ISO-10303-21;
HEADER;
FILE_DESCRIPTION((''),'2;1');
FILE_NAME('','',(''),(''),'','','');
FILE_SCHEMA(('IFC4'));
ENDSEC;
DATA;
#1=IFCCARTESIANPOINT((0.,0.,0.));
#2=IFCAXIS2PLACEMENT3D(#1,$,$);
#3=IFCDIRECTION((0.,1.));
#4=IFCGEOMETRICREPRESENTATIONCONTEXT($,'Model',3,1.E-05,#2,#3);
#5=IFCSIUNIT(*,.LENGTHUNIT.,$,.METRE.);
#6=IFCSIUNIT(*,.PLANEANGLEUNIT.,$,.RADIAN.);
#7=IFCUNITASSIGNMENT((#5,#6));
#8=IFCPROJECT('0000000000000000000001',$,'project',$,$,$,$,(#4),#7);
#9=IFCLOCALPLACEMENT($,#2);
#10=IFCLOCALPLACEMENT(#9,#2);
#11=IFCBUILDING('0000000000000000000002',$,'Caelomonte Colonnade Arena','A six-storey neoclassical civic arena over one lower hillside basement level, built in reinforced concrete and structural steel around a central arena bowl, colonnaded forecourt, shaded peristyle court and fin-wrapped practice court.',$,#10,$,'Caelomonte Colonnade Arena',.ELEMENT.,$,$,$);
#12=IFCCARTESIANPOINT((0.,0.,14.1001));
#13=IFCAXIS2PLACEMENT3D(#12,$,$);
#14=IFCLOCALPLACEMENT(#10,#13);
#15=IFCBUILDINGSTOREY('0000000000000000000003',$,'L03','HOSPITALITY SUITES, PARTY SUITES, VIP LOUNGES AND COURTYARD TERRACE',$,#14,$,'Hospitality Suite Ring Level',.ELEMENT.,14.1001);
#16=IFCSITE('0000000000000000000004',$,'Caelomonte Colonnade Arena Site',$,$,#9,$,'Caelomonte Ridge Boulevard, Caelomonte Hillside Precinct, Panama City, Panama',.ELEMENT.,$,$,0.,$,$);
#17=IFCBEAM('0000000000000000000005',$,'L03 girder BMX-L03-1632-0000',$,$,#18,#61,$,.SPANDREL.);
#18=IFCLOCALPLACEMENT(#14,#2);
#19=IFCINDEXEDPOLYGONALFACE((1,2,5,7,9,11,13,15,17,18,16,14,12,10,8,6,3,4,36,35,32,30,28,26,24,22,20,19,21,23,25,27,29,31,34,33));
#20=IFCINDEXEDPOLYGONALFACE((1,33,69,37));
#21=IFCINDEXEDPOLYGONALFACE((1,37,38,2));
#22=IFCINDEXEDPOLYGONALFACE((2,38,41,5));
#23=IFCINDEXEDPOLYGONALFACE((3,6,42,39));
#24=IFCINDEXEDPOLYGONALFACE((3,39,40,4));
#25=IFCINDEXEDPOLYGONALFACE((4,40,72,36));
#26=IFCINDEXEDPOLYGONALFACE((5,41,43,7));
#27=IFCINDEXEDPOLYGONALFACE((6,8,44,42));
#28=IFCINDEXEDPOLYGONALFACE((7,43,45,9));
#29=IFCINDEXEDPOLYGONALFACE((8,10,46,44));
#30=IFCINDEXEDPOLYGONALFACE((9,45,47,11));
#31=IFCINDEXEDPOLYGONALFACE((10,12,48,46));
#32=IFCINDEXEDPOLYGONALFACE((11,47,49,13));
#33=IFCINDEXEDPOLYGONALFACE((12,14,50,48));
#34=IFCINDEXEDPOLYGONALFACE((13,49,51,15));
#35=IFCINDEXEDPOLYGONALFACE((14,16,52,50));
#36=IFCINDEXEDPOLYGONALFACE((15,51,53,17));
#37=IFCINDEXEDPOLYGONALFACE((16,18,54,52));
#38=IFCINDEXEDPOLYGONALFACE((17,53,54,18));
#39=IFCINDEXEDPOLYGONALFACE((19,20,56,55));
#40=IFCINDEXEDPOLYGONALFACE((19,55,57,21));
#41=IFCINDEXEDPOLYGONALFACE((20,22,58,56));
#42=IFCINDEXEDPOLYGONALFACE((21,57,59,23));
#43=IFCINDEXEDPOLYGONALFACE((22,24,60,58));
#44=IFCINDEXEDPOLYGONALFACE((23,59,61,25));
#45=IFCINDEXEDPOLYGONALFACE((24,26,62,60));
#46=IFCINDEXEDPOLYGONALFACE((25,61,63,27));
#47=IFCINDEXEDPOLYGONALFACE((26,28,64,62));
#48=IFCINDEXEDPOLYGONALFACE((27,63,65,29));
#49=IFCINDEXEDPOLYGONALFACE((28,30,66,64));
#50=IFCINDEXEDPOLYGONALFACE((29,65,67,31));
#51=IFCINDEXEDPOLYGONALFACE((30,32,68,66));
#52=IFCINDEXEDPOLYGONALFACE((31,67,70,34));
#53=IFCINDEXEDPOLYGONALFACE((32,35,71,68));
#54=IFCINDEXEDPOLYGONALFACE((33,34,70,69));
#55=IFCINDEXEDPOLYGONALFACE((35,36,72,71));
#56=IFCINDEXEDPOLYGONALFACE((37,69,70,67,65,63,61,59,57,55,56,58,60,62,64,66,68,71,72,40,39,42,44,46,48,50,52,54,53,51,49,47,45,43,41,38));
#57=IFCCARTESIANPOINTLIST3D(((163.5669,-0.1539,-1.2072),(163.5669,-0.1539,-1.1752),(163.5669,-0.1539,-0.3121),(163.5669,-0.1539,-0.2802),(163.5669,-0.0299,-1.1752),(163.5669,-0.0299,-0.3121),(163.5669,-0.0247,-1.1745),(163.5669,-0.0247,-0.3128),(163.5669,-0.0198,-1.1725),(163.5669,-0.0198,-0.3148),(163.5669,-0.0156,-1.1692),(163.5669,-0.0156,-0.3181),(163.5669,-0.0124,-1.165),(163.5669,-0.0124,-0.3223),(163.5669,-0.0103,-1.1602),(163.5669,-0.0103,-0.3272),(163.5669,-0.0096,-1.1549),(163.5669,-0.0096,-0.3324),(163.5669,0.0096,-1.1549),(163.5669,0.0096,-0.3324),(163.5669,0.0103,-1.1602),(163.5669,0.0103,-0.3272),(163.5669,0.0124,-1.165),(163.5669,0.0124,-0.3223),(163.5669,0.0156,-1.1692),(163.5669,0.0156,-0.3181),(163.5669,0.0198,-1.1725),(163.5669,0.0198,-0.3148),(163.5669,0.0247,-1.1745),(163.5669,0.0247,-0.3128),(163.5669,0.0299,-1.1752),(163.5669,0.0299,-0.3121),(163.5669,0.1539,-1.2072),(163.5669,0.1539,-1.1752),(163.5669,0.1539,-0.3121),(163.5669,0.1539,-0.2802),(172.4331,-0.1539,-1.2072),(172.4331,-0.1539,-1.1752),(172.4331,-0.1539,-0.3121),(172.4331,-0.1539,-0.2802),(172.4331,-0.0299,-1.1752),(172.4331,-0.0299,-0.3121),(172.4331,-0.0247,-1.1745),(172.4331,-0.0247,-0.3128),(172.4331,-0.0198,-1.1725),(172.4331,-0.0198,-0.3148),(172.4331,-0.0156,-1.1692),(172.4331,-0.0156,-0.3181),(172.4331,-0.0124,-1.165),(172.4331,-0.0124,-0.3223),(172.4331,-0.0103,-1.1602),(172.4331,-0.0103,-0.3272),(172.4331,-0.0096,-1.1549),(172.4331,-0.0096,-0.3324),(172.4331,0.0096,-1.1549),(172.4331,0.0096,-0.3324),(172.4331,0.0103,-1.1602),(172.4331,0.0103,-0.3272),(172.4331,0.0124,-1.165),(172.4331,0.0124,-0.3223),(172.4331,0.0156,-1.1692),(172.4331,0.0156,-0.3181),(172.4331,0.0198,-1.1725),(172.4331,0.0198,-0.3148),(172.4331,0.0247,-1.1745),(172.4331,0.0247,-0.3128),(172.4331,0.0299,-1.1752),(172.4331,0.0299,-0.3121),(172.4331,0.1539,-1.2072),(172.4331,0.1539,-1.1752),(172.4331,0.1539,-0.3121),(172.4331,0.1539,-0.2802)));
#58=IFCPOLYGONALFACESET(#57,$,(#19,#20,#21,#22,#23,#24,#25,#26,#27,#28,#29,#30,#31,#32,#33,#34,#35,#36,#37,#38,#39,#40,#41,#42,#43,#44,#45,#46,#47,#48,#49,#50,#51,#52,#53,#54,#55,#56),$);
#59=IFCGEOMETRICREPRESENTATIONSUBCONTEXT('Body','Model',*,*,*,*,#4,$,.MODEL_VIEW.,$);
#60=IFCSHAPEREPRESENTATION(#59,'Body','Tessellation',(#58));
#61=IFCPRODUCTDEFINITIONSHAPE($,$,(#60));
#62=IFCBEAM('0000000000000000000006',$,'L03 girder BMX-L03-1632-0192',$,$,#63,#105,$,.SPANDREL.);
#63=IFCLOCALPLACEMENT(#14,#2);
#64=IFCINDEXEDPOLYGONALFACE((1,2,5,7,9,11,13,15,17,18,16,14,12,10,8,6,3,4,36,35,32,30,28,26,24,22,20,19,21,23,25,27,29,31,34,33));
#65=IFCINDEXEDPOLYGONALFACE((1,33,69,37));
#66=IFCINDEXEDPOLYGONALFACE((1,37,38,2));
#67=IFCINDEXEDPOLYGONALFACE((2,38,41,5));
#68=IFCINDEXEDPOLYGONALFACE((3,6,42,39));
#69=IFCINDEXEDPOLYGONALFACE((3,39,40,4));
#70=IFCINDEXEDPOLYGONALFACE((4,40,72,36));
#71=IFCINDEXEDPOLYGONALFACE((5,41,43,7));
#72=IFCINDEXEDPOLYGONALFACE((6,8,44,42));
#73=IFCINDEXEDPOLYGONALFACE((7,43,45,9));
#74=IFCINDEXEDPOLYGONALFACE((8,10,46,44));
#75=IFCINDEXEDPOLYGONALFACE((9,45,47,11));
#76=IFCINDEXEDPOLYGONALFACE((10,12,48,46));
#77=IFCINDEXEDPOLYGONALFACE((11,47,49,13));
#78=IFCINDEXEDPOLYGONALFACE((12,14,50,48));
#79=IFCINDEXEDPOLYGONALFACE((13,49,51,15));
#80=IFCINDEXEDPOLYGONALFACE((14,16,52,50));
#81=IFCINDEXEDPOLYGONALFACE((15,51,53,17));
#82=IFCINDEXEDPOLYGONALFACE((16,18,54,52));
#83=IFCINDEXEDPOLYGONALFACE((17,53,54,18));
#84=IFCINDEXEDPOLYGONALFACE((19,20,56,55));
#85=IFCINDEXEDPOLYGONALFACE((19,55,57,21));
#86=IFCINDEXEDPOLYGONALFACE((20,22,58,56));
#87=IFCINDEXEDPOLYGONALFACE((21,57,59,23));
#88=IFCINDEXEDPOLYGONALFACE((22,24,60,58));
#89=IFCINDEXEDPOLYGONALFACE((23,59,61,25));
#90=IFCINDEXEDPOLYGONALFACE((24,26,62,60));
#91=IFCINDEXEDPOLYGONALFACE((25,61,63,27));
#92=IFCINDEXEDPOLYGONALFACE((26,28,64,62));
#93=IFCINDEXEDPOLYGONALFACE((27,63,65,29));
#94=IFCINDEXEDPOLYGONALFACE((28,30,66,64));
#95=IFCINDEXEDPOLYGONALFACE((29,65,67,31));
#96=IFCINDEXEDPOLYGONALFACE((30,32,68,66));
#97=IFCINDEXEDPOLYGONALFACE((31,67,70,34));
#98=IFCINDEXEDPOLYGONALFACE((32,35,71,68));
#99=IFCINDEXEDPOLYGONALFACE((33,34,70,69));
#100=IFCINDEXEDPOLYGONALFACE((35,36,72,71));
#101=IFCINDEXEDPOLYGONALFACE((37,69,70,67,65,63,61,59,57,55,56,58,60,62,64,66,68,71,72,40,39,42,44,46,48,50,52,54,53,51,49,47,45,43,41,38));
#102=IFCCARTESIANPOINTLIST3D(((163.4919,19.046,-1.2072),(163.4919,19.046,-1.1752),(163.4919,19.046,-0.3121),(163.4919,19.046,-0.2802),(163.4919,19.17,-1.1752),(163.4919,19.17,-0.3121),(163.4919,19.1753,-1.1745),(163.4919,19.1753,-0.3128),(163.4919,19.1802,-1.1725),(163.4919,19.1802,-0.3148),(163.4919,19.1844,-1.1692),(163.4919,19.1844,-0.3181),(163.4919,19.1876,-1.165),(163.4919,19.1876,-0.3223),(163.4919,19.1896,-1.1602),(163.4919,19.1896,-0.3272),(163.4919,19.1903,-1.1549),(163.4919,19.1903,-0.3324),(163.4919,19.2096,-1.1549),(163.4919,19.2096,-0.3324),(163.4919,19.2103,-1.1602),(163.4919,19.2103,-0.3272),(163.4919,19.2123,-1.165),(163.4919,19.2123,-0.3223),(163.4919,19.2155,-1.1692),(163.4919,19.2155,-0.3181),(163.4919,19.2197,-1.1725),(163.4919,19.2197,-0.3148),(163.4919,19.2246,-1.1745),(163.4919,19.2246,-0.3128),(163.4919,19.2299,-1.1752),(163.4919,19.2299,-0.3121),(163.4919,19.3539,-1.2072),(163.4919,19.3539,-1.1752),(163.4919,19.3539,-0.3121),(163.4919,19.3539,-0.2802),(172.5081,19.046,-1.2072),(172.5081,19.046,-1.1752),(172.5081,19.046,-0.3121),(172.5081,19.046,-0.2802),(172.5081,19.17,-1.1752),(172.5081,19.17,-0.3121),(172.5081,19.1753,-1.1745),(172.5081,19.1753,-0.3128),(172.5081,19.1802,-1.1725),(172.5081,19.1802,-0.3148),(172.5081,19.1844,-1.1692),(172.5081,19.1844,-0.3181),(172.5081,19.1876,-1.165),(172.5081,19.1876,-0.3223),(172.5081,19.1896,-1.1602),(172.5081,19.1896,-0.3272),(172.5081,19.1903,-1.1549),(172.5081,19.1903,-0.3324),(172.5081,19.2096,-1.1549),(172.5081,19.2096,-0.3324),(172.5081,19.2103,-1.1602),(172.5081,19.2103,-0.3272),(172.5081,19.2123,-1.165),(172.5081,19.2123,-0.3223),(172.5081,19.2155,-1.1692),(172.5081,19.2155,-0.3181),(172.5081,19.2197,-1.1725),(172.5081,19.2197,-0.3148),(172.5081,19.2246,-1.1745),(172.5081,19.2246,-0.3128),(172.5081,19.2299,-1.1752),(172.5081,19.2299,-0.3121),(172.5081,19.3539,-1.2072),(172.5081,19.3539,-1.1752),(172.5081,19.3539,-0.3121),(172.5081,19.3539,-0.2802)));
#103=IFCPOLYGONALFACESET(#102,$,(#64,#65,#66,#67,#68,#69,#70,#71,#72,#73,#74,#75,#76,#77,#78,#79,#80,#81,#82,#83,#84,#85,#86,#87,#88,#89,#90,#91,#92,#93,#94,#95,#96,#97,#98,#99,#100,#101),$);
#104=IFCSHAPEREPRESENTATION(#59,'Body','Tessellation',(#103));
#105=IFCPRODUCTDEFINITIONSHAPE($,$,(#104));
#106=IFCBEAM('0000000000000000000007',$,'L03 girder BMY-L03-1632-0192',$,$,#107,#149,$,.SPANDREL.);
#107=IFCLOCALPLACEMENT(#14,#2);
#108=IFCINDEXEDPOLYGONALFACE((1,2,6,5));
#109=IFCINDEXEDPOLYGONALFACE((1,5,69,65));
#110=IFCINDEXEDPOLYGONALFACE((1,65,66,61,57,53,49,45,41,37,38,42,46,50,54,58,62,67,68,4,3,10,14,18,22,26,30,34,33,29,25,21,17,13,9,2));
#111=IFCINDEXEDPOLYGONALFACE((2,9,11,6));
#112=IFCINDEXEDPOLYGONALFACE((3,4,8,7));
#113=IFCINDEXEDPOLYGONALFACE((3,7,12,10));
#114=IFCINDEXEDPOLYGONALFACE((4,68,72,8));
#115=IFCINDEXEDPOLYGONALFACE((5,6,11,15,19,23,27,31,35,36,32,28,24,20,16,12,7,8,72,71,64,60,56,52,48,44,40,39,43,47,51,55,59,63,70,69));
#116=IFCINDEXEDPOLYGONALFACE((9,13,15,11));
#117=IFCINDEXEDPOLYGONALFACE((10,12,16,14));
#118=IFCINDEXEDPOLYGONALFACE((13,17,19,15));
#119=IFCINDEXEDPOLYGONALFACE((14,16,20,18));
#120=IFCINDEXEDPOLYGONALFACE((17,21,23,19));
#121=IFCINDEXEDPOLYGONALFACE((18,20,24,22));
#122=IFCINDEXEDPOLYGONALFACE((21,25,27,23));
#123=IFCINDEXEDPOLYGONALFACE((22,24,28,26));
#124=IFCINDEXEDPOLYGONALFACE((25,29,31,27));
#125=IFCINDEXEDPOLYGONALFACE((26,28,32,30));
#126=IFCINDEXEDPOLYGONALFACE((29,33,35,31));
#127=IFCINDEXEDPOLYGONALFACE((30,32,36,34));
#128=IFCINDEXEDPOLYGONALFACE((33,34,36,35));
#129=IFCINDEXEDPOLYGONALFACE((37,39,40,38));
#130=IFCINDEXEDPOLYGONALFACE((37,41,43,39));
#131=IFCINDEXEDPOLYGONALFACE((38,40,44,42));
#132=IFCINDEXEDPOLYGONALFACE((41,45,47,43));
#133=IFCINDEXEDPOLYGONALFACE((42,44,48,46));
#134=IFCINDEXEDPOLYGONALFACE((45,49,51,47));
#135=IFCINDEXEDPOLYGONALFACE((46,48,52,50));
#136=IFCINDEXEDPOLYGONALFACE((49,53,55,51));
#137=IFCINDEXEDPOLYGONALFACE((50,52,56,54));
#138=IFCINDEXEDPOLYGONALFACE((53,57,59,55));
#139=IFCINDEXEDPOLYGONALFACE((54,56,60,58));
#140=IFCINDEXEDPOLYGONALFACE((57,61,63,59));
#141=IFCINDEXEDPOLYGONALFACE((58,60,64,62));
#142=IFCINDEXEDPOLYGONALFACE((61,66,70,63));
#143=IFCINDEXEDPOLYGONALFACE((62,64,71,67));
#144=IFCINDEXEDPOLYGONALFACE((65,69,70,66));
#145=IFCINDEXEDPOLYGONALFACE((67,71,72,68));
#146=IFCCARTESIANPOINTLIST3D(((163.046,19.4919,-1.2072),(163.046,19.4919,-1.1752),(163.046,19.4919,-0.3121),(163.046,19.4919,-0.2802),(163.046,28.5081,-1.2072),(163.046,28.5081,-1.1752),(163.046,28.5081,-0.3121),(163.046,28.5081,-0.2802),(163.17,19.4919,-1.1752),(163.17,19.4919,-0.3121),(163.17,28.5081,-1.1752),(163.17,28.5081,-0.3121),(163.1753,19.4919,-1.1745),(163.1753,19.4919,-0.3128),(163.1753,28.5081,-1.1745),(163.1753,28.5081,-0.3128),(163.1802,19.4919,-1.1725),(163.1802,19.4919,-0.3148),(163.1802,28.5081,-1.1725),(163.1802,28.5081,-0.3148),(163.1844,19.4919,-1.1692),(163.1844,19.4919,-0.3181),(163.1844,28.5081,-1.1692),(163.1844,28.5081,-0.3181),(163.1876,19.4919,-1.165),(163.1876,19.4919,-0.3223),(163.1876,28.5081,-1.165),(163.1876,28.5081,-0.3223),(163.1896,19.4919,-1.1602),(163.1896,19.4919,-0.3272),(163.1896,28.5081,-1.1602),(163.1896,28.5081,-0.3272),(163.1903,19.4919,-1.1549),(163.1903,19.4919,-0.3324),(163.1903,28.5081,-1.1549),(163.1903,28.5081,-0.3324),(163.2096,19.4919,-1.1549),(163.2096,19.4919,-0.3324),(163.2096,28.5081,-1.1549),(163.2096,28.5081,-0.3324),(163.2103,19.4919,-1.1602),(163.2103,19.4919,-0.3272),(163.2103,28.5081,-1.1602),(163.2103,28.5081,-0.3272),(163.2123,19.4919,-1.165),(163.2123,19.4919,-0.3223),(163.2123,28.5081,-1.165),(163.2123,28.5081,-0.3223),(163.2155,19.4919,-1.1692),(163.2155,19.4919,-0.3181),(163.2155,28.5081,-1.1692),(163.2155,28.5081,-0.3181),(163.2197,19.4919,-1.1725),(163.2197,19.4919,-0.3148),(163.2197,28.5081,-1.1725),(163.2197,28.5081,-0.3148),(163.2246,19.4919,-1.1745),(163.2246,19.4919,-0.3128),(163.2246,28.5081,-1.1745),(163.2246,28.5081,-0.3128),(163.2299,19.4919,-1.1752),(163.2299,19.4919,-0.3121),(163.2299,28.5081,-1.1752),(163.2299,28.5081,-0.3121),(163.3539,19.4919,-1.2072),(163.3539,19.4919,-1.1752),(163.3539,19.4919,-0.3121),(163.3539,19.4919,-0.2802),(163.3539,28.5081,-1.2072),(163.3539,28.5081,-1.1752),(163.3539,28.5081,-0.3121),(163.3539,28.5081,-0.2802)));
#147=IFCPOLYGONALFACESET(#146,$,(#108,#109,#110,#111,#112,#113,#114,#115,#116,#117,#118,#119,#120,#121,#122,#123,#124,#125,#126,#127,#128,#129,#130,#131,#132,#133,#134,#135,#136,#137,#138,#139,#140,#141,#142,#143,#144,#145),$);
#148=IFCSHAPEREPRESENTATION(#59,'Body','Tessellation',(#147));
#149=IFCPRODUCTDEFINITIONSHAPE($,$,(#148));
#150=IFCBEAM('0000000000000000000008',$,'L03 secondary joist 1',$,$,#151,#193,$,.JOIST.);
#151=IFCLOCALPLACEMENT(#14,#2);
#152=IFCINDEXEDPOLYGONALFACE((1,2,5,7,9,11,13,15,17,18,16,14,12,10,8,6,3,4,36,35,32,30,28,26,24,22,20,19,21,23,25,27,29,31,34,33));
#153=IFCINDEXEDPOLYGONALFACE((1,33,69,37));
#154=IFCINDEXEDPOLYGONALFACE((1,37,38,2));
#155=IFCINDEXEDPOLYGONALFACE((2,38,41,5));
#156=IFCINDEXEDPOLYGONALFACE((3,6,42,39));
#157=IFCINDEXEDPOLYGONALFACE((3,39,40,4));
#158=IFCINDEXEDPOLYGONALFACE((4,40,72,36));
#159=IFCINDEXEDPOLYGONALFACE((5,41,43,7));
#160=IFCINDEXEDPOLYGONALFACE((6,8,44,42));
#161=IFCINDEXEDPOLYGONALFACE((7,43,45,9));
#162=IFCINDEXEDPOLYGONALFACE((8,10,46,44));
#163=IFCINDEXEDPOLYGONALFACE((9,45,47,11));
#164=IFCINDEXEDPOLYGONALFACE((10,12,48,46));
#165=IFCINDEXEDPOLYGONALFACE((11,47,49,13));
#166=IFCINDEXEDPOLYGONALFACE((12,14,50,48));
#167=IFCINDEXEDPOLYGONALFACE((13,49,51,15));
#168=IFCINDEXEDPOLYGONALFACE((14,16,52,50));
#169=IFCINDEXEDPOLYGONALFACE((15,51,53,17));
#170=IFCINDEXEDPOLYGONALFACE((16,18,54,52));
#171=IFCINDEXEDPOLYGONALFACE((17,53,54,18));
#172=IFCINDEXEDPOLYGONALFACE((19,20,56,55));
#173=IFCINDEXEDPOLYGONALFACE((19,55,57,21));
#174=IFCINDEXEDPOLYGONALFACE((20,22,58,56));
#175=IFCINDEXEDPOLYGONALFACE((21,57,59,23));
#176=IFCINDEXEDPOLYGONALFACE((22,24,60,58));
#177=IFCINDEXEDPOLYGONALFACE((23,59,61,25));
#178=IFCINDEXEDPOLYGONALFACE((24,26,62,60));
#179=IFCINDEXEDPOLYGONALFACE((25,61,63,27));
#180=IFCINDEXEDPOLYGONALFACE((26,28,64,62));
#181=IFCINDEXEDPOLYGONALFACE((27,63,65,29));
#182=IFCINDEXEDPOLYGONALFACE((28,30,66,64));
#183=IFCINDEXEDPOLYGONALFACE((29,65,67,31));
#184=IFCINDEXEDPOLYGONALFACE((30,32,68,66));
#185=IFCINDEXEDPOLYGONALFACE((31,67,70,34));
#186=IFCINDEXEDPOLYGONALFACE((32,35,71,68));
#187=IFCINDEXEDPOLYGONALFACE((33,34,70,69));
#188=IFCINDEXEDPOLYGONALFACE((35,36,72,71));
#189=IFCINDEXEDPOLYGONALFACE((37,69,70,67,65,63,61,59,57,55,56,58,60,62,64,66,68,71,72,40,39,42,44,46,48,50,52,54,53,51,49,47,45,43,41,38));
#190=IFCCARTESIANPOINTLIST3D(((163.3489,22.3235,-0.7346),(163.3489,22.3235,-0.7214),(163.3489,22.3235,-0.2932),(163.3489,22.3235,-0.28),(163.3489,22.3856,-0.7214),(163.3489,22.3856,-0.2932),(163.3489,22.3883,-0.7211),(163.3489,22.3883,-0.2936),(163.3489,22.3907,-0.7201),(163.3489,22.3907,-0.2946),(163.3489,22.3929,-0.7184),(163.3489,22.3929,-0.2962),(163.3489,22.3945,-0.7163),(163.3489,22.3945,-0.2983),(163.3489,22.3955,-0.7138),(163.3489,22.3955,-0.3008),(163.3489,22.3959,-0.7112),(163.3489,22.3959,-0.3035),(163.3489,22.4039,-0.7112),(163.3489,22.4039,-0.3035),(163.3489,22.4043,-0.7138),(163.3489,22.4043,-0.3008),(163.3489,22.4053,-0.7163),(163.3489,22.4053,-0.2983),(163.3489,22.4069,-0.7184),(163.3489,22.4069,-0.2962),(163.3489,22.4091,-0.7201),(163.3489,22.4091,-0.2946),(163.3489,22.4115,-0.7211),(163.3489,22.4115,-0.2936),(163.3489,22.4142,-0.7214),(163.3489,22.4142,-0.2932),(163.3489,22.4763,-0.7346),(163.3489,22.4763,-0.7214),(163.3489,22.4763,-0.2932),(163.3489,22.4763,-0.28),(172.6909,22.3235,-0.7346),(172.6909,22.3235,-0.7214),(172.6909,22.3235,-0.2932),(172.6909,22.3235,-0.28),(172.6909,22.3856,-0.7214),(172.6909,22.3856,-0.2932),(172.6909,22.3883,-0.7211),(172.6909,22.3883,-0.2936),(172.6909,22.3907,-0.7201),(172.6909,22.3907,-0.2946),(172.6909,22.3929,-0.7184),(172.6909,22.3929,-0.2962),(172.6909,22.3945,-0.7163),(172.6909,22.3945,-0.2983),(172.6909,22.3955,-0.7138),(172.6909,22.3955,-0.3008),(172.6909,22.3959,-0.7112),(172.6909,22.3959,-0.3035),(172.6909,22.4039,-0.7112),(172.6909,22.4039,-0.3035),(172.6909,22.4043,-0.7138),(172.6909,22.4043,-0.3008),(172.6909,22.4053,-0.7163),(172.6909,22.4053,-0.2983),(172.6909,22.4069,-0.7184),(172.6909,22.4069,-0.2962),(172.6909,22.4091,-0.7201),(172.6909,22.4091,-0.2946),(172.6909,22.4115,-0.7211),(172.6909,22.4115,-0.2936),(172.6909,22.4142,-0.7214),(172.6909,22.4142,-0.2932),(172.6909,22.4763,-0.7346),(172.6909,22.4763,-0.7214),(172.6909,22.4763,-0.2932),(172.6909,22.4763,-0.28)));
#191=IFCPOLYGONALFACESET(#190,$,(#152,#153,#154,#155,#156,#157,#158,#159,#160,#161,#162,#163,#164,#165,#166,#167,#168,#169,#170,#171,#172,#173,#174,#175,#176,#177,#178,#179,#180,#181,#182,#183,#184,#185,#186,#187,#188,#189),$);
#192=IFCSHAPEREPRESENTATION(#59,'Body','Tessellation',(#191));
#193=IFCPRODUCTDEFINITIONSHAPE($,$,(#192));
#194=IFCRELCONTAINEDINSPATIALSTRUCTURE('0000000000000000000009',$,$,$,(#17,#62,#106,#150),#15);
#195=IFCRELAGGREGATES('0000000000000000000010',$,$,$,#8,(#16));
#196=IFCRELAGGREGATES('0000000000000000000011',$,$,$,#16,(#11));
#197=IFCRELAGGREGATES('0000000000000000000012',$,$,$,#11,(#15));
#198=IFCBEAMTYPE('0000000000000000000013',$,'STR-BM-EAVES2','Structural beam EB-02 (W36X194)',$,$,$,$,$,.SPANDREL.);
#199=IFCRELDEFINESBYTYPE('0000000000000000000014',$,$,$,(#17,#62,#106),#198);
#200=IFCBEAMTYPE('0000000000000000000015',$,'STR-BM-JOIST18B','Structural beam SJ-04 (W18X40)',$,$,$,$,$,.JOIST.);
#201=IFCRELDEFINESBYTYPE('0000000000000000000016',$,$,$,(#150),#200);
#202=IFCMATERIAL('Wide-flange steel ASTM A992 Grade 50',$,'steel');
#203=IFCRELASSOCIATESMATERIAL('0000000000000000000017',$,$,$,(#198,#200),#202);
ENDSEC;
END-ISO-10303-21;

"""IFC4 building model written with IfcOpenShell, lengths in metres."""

from ifc_helpers import new_model, si_unit, direction, frame, origin, origin_2d, place, context, subcontext, project, spatial, i_section, extrude, material, material_profile, profile_set, type_object, element, save


model = new_model("IFC4")

# Units and contexts
model_context = context("Model", 3, precision=1e-05, world=origin(), true_north=direction((0.0, 1.0)))
body_context = subcontext(model_context, "Body", "Model", "MODEL_VIEW")
ifc_project = project(units=[si_unit("LENGTHUNIT", "METRE"), si_unit("PLANEANGLEUNIT", "RADIAN")], contexts=[model_context])

# Site, building, storey
site_placement = place(None, origin())
site = spatial("IfcSite", under=ifc_project, at=site_placement, Name="Caelomonte Colonnade Arena Site", LongName="Caelomonte Ridge Boulevard, Caelomonte Hillside Precinct, Panama City, Panama", CompositionType="ELEMENT", RefElevation=0.0)
building_placement = place(site_placement, origin())
building = spatial("IfcBuilding", under=site, at=building_placement, Name="Caelomonte Colonnade Arena", Description="A six-storey neoclassical civic arena over one lower hillside basement level, built in reinforced concrete and structural steel around a central arena bowl, colonnaded forecourt, shaded peristyle court and fin-wrapped practice court.", LongName="Caelomonte Colonnade Arena", CompositionType="ELEMENT")
storey_placement = place(building_placement, frame((0.0, 0.0, 14.1001)))
storey = spatial("IfcBuildingStorey", under=building, at=storey_placement, Name="L03", Description="HOSPITALITY SUITES, PARTY SUITES, VIP LOUNGES AND COURTYARD TERRACE", LongName="Hospitality Suite Ring Level", CompositionType="ELEMENT", Elevation=14.1001)

# Beams
ifc_material_1 = material(Name="Wide-flange steel ASTM A992 Grade 50", Category="steel")
ifc_material_profile_1 = material_profile(ifc_material_1, i_section(OverallWidth=0.3079, OverallDepth=0.927, WebThickness=0.0193, FlangeThickness=0.032, FilletRadius=0.0203, at=origin_2d()), Name="W36X194")
ifc_profile_set_1 = profile_set([ifc_material_profile_1], Name="Wide-flange steel ASTM A992 Grade 50")
beam_type_1 = type_object("IfcBeamType", Name="STR-BM-EAVES2", Description="Structural beam EB-02 (W36X194)", PredefinedType="SPANDREL", material=ifc_profile_set_1)
beam_1_placement = place(storey_placement, frame((163.5669, 0.0, -0.7437), z_axis=(1.0, 0.0, 0.0), x_axis=(0.0, 1.0, 0.0)))
element("IfcBeam", 1, at=beam_1_placement, inside=storey, type_object=beam_type_1, Name="L03 girder BMX-L03-1632-0000", PredefinedType="SPANDREL", context=body_context, shape_type="SweptSolid", body=[
    extrude(i_section(OverallWidth=0.3079, OverallDepth=0.927, WebThickness=0.0193, FlangeThickness=0.032, FilletRadius=0.0203, at=origin_2d()), origin(), (0.0, 0.0, 1.0), 8.8662),
])
for number, where, z_axis, x_axis, name in (
    (2, (163.4919, 19.2, -0.7437), (1.0, 0.0, 0.0), (0.0, 1.0, 0.0), "L03 girder BMX-L03-1632-0192"),
    (3, (163.2, 19.4919, -0.7437), (0.0, 1.0, 0.0), (-1.0, 0.0, 0.0), "L03 girder BMY-L03-1632-0192"),
):
    element("IfcBeam", number, at=place(storey_placement, frame(where, z_axis=z_axis, x_axis=x_axis)), inside=storey, type_object=beam_type_1, Name=name, PredefinedType="SPANDREL", context=body_context, shape_type="SweptSolid", body=[
        extrude(i_section(OverallWidth=0.3079, OverallDepth=0.927, WebThickness=0.0193, FlangeThickness=0.032, FilletRadius=0.0203, at=origin_2d()), origin(), (0.0, 0.0, 1.0), 9.0161),
    ])
ifc_material_profile_2 = material_profile(ifc_material_1, i_section(OverallWidth=0.1528, OverallDepth=0.4546, WebThickness=0.0081, FlangeThickness=0.0132, FilletRadius=0.0103, at=origin_2d()), Name="W18X40")
ifc_profile_set_2 = profile_set([ifc_material_profile_2], Name="Wide-flange steel ASTM A992 Grade 50")
beam_type_2 = type_object("IfcBeamType", Name="STR-BM-JOIST18B", Description="Structural beam SJ-04 (W18X40)", PredefinedType="JOIST", material=ifc_profile_set_2)
for number, where, z_axis, x_axis, name in (
    (4, (163.3489, 22.3999, -0.5073), (1.0, 0.0, 0.0), (0.0, 1.0, 0.0), "L03 secondary joist 1"),
):
    element("IfcBeam", number, at=place(storey_placement, frame(where, z_axis=z_axis, x_axis=x_axis)), inside=storey, type_object=beam_type_2, Name=name, PredefinedType="JOIST", context=body_context, shape_type="SweptSolid", body=[
        extrude(i_section(OverallWidth=0.1528, OverallDepth=0.4546, WebThickness=0.0081, FlangeThickness=0.0132, FilletRadius=0.0103, at=origin_2d()), origin(), (0.0, 0.0, 1.0), 9.342),
    ])

save(model, "model.ifc")
